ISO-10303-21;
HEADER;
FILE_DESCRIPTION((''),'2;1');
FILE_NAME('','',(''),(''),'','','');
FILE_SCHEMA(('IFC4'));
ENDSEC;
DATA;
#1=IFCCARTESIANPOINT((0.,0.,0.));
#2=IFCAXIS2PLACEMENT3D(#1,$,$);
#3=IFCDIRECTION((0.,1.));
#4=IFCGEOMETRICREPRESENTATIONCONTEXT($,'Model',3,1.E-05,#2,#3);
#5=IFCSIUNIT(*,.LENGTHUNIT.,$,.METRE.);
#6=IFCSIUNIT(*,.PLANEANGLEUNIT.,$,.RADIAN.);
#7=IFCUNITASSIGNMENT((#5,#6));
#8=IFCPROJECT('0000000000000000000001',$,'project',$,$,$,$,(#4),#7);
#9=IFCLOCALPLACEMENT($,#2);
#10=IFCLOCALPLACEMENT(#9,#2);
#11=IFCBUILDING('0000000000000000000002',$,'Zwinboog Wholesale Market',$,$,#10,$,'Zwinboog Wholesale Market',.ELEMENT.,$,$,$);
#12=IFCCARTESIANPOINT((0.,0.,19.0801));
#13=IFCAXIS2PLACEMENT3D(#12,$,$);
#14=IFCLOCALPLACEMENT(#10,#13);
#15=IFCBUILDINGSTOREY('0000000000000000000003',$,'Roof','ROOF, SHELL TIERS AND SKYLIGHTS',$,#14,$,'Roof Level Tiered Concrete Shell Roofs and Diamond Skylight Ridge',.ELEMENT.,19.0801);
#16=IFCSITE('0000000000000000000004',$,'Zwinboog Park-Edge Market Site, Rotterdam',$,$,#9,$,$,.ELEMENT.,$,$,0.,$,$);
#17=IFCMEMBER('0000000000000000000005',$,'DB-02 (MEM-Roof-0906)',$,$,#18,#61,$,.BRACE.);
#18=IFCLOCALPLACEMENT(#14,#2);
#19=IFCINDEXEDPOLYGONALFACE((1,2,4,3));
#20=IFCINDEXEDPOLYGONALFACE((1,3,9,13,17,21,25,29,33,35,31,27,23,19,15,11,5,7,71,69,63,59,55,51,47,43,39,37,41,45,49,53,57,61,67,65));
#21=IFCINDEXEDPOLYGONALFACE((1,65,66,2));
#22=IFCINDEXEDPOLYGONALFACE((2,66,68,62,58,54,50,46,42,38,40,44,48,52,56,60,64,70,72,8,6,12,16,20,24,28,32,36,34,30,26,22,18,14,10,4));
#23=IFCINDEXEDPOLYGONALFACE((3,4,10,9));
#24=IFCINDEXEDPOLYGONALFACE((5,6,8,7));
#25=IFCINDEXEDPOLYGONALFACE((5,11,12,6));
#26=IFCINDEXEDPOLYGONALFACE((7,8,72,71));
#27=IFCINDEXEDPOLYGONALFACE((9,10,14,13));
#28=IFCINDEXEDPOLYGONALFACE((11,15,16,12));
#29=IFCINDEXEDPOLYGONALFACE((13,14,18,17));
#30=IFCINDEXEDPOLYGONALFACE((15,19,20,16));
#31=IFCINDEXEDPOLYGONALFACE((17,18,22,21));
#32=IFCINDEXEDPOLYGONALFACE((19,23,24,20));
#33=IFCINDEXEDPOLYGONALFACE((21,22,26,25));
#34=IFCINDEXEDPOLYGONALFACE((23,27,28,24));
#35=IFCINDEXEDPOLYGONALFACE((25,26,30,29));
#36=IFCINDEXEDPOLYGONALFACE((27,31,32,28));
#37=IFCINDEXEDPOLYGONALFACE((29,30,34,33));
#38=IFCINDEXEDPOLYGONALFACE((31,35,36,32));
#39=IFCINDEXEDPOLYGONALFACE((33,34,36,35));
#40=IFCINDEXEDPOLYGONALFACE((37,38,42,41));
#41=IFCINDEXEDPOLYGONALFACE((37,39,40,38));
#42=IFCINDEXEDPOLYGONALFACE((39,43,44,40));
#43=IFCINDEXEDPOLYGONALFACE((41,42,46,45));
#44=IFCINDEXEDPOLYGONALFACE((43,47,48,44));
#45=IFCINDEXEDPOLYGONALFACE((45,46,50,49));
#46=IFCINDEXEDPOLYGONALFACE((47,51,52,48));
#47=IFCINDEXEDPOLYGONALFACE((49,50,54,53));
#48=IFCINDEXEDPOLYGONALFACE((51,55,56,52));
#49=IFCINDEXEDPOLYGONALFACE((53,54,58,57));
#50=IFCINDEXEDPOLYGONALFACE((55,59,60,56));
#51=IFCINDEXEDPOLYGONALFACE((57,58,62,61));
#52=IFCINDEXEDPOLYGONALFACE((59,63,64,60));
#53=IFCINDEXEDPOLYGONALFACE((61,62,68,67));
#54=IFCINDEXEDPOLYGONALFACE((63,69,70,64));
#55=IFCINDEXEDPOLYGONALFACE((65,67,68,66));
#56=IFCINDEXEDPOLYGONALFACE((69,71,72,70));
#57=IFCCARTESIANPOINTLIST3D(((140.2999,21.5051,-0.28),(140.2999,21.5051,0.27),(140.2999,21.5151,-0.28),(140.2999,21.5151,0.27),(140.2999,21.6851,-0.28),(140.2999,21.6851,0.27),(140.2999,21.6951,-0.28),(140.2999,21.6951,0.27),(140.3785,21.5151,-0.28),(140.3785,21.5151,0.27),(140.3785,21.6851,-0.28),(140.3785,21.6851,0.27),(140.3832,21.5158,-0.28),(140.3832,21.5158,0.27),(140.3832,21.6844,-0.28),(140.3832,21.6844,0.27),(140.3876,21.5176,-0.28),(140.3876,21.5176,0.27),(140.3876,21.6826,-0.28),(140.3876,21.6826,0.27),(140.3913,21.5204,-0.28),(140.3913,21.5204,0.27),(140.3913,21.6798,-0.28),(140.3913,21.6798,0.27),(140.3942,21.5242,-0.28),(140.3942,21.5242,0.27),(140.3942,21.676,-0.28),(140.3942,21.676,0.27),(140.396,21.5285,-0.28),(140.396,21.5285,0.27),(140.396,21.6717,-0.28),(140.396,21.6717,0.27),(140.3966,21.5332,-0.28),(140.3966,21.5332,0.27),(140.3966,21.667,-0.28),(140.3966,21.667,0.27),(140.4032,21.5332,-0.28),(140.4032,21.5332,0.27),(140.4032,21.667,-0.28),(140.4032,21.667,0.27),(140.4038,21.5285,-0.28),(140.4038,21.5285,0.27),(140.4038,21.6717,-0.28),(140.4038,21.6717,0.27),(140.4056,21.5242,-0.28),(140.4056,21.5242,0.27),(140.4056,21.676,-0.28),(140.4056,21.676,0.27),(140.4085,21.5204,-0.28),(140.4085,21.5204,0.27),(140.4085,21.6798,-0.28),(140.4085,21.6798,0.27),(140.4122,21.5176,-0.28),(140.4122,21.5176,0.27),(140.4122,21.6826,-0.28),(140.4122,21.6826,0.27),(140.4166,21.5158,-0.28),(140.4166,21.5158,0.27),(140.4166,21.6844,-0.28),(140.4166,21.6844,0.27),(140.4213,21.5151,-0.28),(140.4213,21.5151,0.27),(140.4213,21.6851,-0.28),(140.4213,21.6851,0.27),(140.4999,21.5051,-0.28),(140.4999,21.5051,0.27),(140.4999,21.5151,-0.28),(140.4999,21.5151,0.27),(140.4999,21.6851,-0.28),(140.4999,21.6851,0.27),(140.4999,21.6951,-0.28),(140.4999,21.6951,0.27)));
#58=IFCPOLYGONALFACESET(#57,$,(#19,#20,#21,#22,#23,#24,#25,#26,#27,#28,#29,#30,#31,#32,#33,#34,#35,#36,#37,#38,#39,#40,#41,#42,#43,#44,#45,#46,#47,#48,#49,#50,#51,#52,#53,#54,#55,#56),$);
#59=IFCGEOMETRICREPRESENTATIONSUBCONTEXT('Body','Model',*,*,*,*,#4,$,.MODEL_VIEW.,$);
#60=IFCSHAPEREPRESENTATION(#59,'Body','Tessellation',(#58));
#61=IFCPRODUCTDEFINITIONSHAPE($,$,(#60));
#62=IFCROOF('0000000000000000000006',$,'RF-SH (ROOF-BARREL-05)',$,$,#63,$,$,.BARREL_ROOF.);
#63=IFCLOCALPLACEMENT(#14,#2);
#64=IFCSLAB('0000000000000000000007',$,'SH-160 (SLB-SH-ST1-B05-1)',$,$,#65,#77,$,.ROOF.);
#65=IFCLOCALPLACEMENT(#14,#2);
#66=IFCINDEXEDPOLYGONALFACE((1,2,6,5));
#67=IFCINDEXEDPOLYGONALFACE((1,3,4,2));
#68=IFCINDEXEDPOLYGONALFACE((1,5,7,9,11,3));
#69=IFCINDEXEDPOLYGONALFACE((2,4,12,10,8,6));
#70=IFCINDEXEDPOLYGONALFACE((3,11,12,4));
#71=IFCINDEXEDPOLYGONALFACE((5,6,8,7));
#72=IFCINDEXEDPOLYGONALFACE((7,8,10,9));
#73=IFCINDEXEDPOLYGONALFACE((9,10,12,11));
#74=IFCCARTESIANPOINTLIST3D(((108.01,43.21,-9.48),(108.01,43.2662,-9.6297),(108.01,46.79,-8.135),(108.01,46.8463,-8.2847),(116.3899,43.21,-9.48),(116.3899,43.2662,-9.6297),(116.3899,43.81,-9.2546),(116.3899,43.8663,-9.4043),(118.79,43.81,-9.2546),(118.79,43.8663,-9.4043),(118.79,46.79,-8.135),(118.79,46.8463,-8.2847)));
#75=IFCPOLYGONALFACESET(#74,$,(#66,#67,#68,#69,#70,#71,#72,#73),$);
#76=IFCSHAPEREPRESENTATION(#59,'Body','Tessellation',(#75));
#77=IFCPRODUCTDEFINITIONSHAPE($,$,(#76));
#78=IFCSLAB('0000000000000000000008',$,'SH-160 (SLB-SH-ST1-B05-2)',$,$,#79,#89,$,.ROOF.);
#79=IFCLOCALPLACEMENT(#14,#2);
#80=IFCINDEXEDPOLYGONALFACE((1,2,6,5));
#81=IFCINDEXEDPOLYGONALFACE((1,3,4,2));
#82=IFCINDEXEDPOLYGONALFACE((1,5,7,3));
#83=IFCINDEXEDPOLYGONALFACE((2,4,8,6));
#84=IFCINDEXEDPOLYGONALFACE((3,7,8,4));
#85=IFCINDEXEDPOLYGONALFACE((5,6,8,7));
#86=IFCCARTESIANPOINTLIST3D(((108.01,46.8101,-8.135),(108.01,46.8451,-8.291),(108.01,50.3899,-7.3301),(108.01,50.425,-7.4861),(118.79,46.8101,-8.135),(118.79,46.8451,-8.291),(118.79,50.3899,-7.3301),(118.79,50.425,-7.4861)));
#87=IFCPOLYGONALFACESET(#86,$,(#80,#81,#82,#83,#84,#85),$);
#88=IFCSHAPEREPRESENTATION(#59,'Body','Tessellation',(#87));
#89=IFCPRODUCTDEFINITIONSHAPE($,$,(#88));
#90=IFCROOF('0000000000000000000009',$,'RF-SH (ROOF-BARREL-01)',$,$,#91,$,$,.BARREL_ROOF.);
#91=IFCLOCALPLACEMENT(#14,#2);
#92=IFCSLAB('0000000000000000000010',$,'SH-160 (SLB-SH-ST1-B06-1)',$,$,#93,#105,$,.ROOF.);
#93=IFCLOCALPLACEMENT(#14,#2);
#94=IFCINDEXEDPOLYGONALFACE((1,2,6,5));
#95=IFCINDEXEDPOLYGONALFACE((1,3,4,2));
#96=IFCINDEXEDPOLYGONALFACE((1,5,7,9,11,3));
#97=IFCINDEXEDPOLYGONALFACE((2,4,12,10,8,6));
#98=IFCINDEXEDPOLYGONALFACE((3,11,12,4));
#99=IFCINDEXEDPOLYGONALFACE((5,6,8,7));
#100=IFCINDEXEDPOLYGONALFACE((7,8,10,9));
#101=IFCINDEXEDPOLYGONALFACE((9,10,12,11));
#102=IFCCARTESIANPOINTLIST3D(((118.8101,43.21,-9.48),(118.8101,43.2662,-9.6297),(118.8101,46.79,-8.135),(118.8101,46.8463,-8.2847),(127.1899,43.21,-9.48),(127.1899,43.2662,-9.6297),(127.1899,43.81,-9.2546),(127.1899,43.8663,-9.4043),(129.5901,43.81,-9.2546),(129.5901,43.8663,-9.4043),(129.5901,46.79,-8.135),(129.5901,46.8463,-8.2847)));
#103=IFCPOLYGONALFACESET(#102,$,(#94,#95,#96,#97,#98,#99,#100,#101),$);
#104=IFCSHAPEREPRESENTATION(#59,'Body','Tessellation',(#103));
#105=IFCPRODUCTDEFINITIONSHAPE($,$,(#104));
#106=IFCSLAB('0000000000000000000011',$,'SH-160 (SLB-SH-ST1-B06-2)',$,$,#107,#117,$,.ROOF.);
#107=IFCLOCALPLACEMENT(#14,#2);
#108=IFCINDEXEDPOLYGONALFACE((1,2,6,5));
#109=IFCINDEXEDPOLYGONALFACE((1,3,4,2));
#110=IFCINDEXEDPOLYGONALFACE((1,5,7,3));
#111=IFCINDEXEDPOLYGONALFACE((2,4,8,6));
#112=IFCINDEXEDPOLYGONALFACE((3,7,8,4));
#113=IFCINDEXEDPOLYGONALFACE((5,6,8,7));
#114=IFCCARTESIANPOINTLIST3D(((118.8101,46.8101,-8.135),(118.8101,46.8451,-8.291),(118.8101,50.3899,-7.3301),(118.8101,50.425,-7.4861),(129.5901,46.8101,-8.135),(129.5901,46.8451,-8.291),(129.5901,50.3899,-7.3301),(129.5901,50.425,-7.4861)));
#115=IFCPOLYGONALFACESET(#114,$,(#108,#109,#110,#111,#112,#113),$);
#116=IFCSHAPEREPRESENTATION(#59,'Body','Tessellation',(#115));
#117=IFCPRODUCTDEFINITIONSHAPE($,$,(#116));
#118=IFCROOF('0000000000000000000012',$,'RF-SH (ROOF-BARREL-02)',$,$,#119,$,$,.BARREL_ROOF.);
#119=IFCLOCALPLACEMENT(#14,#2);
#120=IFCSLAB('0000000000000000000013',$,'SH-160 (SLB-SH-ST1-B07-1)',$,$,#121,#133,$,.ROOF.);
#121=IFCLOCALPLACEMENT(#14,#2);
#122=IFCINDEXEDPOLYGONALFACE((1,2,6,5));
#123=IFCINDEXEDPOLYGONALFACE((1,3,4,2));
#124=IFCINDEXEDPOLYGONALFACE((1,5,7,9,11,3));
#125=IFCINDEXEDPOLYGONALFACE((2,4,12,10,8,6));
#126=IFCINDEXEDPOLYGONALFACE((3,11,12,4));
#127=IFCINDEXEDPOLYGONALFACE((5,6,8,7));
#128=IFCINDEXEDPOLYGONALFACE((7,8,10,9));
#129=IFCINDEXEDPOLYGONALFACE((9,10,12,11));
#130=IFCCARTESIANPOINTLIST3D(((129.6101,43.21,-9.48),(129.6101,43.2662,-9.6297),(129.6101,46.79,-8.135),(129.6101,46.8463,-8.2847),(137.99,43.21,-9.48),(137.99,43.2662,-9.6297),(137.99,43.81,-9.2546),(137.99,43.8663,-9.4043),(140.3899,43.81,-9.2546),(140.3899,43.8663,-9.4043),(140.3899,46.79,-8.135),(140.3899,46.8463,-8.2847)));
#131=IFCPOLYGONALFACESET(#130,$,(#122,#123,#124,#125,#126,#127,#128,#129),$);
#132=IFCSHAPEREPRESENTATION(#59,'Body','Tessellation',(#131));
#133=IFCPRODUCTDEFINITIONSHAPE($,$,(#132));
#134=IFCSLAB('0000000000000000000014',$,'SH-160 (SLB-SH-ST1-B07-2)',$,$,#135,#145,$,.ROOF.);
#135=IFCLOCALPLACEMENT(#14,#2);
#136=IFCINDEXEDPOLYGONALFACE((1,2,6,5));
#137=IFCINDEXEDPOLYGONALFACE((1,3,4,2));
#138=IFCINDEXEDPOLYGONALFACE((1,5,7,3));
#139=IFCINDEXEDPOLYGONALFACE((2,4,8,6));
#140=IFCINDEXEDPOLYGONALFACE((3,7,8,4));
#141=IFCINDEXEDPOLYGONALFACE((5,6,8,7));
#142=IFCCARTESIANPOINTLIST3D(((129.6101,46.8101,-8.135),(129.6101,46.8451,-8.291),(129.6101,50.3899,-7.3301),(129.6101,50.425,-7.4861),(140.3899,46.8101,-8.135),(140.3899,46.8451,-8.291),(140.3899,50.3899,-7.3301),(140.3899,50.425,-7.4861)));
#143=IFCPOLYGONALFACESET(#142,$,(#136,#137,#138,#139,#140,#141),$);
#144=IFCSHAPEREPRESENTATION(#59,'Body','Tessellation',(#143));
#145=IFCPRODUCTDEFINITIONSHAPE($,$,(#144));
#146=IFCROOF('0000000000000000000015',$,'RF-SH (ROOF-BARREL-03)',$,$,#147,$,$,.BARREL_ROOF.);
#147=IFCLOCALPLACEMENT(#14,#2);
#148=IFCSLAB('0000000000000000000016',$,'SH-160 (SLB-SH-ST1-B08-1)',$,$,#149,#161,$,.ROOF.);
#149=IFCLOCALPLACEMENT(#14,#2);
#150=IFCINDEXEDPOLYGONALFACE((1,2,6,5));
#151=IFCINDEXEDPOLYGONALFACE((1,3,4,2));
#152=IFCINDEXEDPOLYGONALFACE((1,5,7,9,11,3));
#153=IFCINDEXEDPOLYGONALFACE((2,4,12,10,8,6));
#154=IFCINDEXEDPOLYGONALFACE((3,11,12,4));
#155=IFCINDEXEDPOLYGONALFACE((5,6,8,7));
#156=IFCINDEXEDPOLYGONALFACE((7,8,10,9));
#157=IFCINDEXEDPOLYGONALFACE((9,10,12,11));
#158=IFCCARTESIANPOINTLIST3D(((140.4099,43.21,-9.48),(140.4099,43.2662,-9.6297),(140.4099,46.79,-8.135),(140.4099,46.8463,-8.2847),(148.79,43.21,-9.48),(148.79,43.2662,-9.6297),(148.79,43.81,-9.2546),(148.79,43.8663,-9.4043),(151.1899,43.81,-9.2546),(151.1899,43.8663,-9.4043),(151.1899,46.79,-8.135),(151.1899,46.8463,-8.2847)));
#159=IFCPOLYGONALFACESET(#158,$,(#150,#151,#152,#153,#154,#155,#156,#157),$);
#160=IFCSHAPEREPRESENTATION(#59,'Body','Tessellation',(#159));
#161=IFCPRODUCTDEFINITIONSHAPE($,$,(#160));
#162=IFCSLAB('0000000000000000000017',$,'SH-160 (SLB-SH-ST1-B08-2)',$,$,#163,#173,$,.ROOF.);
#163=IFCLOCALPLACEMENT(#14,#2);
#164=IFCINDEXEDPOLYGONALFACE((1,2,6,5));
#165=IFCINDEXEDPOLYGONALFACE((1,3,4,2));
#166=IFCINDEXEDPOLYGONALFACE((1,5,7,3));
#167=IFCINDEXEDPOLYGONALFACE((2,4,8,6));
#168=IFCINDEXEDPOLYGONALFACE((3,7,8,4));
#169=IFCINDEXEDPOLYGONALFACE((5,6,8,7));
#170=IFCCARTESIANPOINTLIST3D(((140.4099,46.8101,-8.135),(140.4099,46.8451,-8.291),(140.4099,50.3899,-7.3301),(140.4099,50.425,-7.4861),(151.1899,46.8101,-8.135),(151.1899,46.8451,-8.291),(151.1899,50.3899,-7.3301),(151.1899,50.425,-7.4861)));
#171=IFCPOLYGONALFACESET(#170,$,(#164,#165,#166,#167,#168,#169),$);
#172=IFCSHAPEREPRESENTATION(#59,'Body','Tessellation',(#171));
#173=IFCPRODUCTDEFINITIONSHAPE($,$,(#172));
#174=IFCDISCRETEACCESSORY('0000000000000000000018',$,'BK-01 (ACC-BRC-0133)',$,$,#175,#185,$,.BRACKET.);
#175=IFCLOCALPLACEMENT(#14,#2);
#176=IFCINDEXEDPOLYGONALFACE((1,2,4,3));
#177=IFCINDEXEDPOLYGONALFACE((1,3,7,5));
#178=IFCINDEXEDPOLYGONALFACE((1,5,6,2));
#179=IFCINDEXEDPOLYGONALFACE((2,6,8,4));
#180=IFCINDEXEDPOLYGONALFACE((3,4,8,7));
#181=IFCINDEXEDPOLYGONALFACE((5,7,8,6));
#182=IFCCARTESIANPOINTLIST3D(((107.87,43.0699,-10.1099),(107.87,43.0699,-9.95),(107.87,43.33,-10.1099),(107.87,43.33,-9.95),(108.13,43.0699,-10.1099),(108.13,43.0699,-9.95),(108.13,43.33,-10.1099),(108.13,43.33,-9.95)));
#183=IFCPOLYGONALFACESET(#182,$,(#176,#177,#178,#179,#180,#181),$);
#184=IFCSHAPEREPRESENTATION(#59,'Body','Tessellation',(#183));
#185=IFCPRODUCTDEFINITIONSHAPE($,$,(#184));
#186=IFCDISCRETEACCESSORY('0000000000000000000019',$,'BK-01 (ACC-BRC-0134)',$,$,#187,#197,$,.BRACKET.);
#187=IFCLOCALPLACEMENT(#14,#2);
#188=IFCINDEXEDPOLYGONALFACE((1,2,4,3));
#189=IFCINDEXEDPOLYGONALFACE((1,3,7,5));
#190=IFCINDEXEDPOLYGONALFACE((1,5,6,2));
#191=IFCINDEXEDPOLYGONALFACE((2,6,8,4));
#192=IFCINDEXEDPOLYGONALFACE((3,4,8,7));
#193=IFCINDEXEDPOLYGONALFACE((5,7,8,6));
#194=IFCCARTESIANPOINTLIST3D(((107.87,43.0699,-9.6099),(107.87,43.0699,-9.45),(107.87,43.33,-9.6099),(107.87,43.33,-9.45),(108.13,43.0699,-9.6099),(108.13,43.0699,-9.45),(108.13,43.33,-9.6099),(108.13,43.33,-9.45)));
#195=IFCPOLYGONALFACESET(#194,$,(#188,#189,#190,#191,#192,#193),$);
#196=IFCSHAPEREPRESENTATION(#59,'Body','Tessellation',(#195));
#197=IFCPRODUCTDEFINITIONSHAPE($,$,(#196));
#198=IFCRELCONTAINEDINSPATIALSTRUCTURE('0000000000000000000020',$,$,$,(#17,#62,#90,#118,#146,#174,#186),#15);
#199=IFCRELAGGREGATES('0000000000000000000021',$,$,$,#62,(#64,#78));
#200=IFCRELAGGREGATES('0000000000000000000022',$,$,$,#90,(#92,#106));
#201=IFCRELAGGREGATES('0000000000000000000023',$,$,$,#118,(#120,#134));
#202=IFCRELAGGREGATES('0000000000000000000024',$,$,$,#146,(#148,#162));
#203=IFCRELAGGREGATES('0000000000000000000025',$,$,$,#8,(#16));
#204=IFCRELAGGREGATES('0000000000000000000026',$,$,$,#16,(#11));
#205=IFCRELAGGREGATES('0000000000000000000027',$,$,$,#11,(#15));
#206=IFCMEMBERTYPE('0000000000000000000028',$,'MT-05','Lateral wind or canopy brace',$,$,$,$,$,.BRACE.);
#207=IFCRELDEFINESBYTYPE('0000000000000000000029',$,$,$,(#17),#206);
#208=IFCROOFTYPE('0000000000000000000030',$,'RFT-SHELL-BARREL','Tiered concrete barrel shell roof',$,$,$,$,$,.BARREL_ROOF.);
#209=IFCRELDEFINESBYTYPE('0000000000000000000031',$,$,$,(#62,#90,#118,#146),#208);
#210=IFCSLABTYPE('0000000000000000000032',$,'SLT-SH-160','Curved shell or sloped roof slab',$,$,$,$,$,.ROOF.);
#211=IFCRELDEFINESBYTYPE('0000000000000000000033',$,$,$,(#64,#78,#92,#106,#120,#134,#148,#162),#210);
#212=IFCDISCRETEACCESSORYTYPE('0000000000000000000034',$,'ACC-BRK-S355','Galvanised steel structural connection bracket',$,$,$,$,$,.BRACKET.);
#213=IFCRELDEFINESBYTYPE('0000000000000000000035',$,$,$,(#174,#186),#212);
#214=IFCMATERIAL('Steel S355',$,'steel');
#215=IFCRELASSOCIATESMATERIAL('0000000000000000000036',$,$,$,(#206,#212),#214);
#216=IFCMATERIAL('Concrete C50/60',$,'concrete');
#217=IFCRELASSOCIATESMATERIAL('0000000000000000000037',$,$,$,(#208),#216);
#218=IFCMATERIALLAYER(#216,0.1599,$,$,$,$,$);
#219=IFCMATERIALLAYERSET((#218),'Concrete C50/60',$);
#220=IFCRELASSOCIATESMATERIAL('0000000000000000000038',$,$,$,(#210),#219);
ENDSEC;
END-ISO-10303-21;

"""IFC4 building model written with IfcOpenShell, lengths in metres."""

from ifc_helpers import new_model, si_unit, direction, frame, origin, origin_2d, place, context, subcontext, project, spatial, polyline, rectangle, i_section, outline, extrude, material, layer, layer_set, material_profile, profile_set, type_object, element, aggregate, save


model = new_model("IFC4")

# Units and contexts
model_context = context("Model", 3, precision=1e-05, world=origin(), true_north=direction((0.0, 1.0)))
body_context = subcontext(model_context, "Body", "Model", "MODEL_VIEW")
ifc_project = project(units=[si_unit("LENGTHUNIT", "METRE"), si_unit("PLANEANGLEUNIT", "RADIAN")], contexts=[model_context])

# Site, building, storey
site_placement = place(None, origin())
site = spatial("IfcSite", under=ifc_project, at=site_placement, Name="Zwinboog Park-Edge Market Site, Rotterdam", CompositionType="ELEMENT", RefElevation=0.0)
building_placement = place(site_placement, origin())
building = spatial("IfcBuilding", under=site, at=building_placement, Name="Zwinboog Wholesale Market", LongName="Zwinboog Wholesale Market", CompositionType="ELEMENT")
storey_placement = place(building_placement, frame((0.0, 0.0, 19.0801)))
storey = spatial("IfcBuildingStorey", under=building, at=storey_placement, Name="Roof", Description="ROOF, SHELL TIERS AND SKYLIGHTS", LongName="Roof Level Tiered Concrete Shell Roofs and Diamond Skylight Ridge", CompositionType="ELEMENT", Elevation=19.0801)

# Member
ifc_material_1 = material(Name="Steel S355", Category="steel")
ifc_material_profile_1 = material_profile(ifc_material_1, i_section(OverallWidth=0.2, OverallDepth=0.1899, WebThickness=0.0066, FlangeThickness=0.01, FilletRadius=0.0181, at=origin_2d()), Name="HEA 200")
ifc_profile_set_1 = profile_set([ifc_material_profile_1], Name="Steel S355")
member_type_1 = type_object("IfcMemberType", Name="MT-05", Description="Lateral wind or canopy brace", PredefinedType="BRACE", material=ifc_profile_set_1)
member_1_placement = place(storey_placement, frame((140.3999, 21.6001, -0.28), z_axis=(0.0, 0.0, 1.0), x_axis=(1.0, 0.0, 0.0)))
element("IfcMember", 1, at=member_1_placement, inside=storey, type_object=member_type_1, Name="DB-02 (MEM-Roof-0906)", PredefinedType="BRACE", context=body_context, shape_type="SweptSolid", body=[
    extrude(i_section(OverallWidth=0.2, OverallDepth=0.1899, WebThickness=0.0066, FlangeThickness=0.01, FilletRadius=0.0181, at=origin_2d()), origin(), (0.0, 0.0, 1.0), 0.55),
])

# Roofs, slabs
ifc_material_2 = material(Name="Concrete C50/60", Category="concrete")
roof_type = type_object("IfcRoofType", Name="RFT-SHELL-BARREL", Description="Tiered concrete barrel shell roof", PredefinedType="BARREL_ROOF", material=ifc_material_2)
roof_1_placement = place(storey_placement, origin())
roof_1 = element("IfcRoof", 2, at=roof_1_placement, inside=storey, type_object=roof_type, Name="RF-SH (ROOF-BARREL-05)", PredefinedType="BARREL_ROOF")
ifc_layer = layer(ifc_material_2, 0.1599)
ifc_layer_set = layer_set([ifc_layer], Name="Concrete C50/60")
slab_type = type_object("IfcSlabType", Name="SLT-SH-160", Description="Curved shell or sloped roof slab", PredefinedType="ROOF", material=ifc_layer_set)
slab_1_placement = place(storey_placement, frame((108.01, 43.21, -9.48), z_axis=(0.000005, -0.351689, 0.936117), x_axis=(1.0, 0.000002, -0.000004)))
slab_1 = element("IfcSlab", 3, at=slab_1_placement, type_object=slab_type, Name="SH-160 (SLB-SH-ST1-B05-1)", PredefinedType="ROOF", context=body_context, shape_type="SweptSolid", body=[
    extrude(outline(polyline([(0.0, 0.0), (8.3799, 0.0), (8.3799, 0.641), (10.78, 0.641), (10.78, 3.8244), (0.0, 3.8244), (0.0, 0.0)])), origin(), (0.0, 0.0, -1.0), 0.1599),
])
slab_2_placement = place(storey_placement, frame((108.01, 46.8101, -8.135), z_axis=(0.0, -0.219374, 0.975641), x_axis=(1.0, 0.0, 0.0)))
slab_2 = element("IfcSlab", 4, at=slab_2_placement, type_object=slab_type, Name="SH-160 (SLB-SH-ST1-B05-2)", PredefinedType="ROOF", context=body_context, shape_type="SweptSolid", body=[
    extrude(outline(polyline([(0.0, 0.0), (10.78, 0.0), (10.78, 3.6692), (0.0, 3.6692), (0.0, 0.0)])), origin(), (0.0, 0.0, -1.0), 0.1599),
])
aggregate(roof_1, [slab_1, slab_2])
roof_2_placement = place(storey_placement, origin())
roof_2 = element("IfcRoof", 5, at=roof_2_placement, inside=storey, type_object=roof_type, Name="RF-SH (ROOF-BARREL-01)", PredefinedType="BARREL_ROOF")
slab_3_placement = place(storey_placement, frame((118.8101, 43.21, -9.48), z_axis=(0.000005, -0.351689, 0.936117), x_axis=(1.0, 0.000002, -0.000004)))
slab_3 = element("IfcSlab", 6, at=slab_3_placement, type_object=slab_type, Name="SH-160 (SLB-SH-ST1-B06-1)", PredefinedType="ROOF", context=body_context, shape_type="SweptSolid", body=[
    extrude(outline(polyline([(0.0, 0.0), (8.3799, 0.0), (8.3799, 0.641), (10.78, 0.641), (10.78, 3.8244), (0.0, 3.8244), (0.0, 0.0)])), origin(), (0.0, 0.0, -1.0), 0.1599),
])
slab_4_placement = place(storey_placement, frame((118.8101, 46.8101, -8.135), z_axis=(0.0, -0.219374, 0.975641), x_axis=(1.0, 0.0, 0.0)))
slab_4 = element("IfcSlab", 7, at=slab_4_placement, type_object=slab_type, Name="SH-160 (SLB-SH-ST1-B06-2)", PredefinedType="ROOF", context=body_context, shape_type="SweptSolid", body=[
    extrude(outline(polyline([(0.0, 0.0), (10.78, 0.0), (10.78, 3.6692), (0.0, 3.6692), (0.0, 0.0)])), origin(), (0.0, 0.0, -1.0), 0.1599),
])
aggregate(roof_2, [slab_3, slab_4])
roof_3_placement = place(storey_placement, origin())
roof_3 = element("IfcRoof", 8, at=roof_3_placement, inside=storey, type_object=roof_type, Name="RF-SH (ROOF-BARREL-02)", PredefinedType="BARREL_ROOF")
slab_5_placement = place(storey_placement, frame((129.6101, 43.21, -9.48), z_axis=(0.000005, -0.351689, 0.936117), x_axis=(1.0, 0.000002, -0.000004)))
slab_5 = element("IfcSlab", 9, at=slab_5_placement, type_object=slab_type, Name="SH-160 (SLB-SH-ST1-B07-1)", PredefinedType="ROOF", context=body_context, shape_type="SweptSolid", body=[
    extrude(outline(polyline([(0.0, 0.0), (8.3799, 0.0), (8.3799, 0.641), (10.7798, 0.641), (10.7798, 3.8244), (0.0, 3.8244), (0.0, 0.0)])), origin(), (0.0, 0.0, -1.0), 0.1599),
])
slab_6_placement = place(storey_placement, frame((129.6101, 46.8101, -8.135), z_axis=(0.0, -0.219374, 0.975641), x_axis=(1.0, 0.0, 0.0)))
slab_6 = element("IfcSlab", 10, at=slab_6_placement, type_object=slab_type, Name="SH-160 (SLB-SH-ST1-B07-2)", PredefinedType="ROOF", context=body_context, shape_type="SweptSolid", body=[
    extrude(outline(polyline([(0.0, 0.0), (10.7798, 0.0), (10.7798, 3.6692), (0.0, 3.6692), (0.0, 0.0)])), origin(), (0.0, 0.0, -1.0), 0.1599),
])
aggregate(roof_3, [slab_5, slab_6])
roof_4_placement = place(storey_placement, origin())
roof_4 = element("IfcRoof", 11, at=roof_4_placement, inside=storey, type_object=roof_type, Name="RF-SH (ROOF-BARREL-03)", PredefinedType="BARREL_ROOF")
slab_7_placement = place(storey_placement, frame((140.4099, 43.21, -9.48), z_axis=(0.000005, -0.351689, 0.936117), x_axis=(1.0, 0.000002, -0.000004)))
slab_7 = element("IfcSlab", 12, at=slab_7_placement, type_object=slab_type, Name="SH-160 (SLB-SH-ST1-B08-1)", PredefinedType="ROOF", context=body_context, shape_type="SweptSolid", body=[
    extrude(outline(polyline([(0.0, 0.0), (8.3801, 0.0), (8.3801, 0.641), (10.78, 0.641), (10.78, 3.8244), (0.0, 3.8244), (0.0, 0.0)])), origin(), (0.0, 0.0, -1.0), 0.1599),
])
slab_8_placement = place(storey_placement, frame((140.4099, 46.8101, -8.135), z_axis=(0.0, -0.219374, 0.975641), x_axis=(1.0, 0.0, 0.0)))
slab_8 = element("IfcSlab", 13, at=slab_8_placement, type_object=slab_type, Name="SH-160 (SLB-SH-ST1-B08-2)", PredefinedType="ROOF", context=body_context, shape_type="SweptSolid", body=[
    extrude(outline(polyline([(0.0, 0.0), (10.78, 0.0), (10.78, 3.6692), (0.0, 3.6692), (0.0, 0.0)])), origin(), (0.0, 0.0, -1.0), 0.1599),
])
aggregate(roof_4, [slab_7, slab_8])

# Discrete accessories
discrete_accessory_type = type_object("IfcDiscreteAccessoryType", Name="ACC-BRK-S355", Description="Galvanised steel structural connection bracket", PredefinedType="BRACKET", material=ifc_material_1)
for number, where, z_axis, x_axis, name in (
    (14, (108.0, 43.2, -10.1099), (0.0, 0.0, 1.0), (1.0, 0.0, 0.0), "BK-01 (ACC-BRC-0133)"),
    (15, (108.0, 43.2, -9.6099), (0.0, 0.0, 1.0), (1.0, 0.0, 0.0), "BK-01 (ACC-BRC-0134)"),
):
    element("IfcDiscreteAccessory", number, at=place(storey_placement, frame(where, z_axis=z_axis, x_axis=x_axis)), inside=storey, type_object=discrete_accessory_type, Name=name, PredefinedType="BRACKET", context=body_context, shape_type="SweptSolid", body=[
        extrude(rectangle(XDim=0.26, YDim=0.26, at=origin_2d()), origin(), (0.0, 0.0, 1.0), 0.1599),
    ])

save(model, "model.ifc")
